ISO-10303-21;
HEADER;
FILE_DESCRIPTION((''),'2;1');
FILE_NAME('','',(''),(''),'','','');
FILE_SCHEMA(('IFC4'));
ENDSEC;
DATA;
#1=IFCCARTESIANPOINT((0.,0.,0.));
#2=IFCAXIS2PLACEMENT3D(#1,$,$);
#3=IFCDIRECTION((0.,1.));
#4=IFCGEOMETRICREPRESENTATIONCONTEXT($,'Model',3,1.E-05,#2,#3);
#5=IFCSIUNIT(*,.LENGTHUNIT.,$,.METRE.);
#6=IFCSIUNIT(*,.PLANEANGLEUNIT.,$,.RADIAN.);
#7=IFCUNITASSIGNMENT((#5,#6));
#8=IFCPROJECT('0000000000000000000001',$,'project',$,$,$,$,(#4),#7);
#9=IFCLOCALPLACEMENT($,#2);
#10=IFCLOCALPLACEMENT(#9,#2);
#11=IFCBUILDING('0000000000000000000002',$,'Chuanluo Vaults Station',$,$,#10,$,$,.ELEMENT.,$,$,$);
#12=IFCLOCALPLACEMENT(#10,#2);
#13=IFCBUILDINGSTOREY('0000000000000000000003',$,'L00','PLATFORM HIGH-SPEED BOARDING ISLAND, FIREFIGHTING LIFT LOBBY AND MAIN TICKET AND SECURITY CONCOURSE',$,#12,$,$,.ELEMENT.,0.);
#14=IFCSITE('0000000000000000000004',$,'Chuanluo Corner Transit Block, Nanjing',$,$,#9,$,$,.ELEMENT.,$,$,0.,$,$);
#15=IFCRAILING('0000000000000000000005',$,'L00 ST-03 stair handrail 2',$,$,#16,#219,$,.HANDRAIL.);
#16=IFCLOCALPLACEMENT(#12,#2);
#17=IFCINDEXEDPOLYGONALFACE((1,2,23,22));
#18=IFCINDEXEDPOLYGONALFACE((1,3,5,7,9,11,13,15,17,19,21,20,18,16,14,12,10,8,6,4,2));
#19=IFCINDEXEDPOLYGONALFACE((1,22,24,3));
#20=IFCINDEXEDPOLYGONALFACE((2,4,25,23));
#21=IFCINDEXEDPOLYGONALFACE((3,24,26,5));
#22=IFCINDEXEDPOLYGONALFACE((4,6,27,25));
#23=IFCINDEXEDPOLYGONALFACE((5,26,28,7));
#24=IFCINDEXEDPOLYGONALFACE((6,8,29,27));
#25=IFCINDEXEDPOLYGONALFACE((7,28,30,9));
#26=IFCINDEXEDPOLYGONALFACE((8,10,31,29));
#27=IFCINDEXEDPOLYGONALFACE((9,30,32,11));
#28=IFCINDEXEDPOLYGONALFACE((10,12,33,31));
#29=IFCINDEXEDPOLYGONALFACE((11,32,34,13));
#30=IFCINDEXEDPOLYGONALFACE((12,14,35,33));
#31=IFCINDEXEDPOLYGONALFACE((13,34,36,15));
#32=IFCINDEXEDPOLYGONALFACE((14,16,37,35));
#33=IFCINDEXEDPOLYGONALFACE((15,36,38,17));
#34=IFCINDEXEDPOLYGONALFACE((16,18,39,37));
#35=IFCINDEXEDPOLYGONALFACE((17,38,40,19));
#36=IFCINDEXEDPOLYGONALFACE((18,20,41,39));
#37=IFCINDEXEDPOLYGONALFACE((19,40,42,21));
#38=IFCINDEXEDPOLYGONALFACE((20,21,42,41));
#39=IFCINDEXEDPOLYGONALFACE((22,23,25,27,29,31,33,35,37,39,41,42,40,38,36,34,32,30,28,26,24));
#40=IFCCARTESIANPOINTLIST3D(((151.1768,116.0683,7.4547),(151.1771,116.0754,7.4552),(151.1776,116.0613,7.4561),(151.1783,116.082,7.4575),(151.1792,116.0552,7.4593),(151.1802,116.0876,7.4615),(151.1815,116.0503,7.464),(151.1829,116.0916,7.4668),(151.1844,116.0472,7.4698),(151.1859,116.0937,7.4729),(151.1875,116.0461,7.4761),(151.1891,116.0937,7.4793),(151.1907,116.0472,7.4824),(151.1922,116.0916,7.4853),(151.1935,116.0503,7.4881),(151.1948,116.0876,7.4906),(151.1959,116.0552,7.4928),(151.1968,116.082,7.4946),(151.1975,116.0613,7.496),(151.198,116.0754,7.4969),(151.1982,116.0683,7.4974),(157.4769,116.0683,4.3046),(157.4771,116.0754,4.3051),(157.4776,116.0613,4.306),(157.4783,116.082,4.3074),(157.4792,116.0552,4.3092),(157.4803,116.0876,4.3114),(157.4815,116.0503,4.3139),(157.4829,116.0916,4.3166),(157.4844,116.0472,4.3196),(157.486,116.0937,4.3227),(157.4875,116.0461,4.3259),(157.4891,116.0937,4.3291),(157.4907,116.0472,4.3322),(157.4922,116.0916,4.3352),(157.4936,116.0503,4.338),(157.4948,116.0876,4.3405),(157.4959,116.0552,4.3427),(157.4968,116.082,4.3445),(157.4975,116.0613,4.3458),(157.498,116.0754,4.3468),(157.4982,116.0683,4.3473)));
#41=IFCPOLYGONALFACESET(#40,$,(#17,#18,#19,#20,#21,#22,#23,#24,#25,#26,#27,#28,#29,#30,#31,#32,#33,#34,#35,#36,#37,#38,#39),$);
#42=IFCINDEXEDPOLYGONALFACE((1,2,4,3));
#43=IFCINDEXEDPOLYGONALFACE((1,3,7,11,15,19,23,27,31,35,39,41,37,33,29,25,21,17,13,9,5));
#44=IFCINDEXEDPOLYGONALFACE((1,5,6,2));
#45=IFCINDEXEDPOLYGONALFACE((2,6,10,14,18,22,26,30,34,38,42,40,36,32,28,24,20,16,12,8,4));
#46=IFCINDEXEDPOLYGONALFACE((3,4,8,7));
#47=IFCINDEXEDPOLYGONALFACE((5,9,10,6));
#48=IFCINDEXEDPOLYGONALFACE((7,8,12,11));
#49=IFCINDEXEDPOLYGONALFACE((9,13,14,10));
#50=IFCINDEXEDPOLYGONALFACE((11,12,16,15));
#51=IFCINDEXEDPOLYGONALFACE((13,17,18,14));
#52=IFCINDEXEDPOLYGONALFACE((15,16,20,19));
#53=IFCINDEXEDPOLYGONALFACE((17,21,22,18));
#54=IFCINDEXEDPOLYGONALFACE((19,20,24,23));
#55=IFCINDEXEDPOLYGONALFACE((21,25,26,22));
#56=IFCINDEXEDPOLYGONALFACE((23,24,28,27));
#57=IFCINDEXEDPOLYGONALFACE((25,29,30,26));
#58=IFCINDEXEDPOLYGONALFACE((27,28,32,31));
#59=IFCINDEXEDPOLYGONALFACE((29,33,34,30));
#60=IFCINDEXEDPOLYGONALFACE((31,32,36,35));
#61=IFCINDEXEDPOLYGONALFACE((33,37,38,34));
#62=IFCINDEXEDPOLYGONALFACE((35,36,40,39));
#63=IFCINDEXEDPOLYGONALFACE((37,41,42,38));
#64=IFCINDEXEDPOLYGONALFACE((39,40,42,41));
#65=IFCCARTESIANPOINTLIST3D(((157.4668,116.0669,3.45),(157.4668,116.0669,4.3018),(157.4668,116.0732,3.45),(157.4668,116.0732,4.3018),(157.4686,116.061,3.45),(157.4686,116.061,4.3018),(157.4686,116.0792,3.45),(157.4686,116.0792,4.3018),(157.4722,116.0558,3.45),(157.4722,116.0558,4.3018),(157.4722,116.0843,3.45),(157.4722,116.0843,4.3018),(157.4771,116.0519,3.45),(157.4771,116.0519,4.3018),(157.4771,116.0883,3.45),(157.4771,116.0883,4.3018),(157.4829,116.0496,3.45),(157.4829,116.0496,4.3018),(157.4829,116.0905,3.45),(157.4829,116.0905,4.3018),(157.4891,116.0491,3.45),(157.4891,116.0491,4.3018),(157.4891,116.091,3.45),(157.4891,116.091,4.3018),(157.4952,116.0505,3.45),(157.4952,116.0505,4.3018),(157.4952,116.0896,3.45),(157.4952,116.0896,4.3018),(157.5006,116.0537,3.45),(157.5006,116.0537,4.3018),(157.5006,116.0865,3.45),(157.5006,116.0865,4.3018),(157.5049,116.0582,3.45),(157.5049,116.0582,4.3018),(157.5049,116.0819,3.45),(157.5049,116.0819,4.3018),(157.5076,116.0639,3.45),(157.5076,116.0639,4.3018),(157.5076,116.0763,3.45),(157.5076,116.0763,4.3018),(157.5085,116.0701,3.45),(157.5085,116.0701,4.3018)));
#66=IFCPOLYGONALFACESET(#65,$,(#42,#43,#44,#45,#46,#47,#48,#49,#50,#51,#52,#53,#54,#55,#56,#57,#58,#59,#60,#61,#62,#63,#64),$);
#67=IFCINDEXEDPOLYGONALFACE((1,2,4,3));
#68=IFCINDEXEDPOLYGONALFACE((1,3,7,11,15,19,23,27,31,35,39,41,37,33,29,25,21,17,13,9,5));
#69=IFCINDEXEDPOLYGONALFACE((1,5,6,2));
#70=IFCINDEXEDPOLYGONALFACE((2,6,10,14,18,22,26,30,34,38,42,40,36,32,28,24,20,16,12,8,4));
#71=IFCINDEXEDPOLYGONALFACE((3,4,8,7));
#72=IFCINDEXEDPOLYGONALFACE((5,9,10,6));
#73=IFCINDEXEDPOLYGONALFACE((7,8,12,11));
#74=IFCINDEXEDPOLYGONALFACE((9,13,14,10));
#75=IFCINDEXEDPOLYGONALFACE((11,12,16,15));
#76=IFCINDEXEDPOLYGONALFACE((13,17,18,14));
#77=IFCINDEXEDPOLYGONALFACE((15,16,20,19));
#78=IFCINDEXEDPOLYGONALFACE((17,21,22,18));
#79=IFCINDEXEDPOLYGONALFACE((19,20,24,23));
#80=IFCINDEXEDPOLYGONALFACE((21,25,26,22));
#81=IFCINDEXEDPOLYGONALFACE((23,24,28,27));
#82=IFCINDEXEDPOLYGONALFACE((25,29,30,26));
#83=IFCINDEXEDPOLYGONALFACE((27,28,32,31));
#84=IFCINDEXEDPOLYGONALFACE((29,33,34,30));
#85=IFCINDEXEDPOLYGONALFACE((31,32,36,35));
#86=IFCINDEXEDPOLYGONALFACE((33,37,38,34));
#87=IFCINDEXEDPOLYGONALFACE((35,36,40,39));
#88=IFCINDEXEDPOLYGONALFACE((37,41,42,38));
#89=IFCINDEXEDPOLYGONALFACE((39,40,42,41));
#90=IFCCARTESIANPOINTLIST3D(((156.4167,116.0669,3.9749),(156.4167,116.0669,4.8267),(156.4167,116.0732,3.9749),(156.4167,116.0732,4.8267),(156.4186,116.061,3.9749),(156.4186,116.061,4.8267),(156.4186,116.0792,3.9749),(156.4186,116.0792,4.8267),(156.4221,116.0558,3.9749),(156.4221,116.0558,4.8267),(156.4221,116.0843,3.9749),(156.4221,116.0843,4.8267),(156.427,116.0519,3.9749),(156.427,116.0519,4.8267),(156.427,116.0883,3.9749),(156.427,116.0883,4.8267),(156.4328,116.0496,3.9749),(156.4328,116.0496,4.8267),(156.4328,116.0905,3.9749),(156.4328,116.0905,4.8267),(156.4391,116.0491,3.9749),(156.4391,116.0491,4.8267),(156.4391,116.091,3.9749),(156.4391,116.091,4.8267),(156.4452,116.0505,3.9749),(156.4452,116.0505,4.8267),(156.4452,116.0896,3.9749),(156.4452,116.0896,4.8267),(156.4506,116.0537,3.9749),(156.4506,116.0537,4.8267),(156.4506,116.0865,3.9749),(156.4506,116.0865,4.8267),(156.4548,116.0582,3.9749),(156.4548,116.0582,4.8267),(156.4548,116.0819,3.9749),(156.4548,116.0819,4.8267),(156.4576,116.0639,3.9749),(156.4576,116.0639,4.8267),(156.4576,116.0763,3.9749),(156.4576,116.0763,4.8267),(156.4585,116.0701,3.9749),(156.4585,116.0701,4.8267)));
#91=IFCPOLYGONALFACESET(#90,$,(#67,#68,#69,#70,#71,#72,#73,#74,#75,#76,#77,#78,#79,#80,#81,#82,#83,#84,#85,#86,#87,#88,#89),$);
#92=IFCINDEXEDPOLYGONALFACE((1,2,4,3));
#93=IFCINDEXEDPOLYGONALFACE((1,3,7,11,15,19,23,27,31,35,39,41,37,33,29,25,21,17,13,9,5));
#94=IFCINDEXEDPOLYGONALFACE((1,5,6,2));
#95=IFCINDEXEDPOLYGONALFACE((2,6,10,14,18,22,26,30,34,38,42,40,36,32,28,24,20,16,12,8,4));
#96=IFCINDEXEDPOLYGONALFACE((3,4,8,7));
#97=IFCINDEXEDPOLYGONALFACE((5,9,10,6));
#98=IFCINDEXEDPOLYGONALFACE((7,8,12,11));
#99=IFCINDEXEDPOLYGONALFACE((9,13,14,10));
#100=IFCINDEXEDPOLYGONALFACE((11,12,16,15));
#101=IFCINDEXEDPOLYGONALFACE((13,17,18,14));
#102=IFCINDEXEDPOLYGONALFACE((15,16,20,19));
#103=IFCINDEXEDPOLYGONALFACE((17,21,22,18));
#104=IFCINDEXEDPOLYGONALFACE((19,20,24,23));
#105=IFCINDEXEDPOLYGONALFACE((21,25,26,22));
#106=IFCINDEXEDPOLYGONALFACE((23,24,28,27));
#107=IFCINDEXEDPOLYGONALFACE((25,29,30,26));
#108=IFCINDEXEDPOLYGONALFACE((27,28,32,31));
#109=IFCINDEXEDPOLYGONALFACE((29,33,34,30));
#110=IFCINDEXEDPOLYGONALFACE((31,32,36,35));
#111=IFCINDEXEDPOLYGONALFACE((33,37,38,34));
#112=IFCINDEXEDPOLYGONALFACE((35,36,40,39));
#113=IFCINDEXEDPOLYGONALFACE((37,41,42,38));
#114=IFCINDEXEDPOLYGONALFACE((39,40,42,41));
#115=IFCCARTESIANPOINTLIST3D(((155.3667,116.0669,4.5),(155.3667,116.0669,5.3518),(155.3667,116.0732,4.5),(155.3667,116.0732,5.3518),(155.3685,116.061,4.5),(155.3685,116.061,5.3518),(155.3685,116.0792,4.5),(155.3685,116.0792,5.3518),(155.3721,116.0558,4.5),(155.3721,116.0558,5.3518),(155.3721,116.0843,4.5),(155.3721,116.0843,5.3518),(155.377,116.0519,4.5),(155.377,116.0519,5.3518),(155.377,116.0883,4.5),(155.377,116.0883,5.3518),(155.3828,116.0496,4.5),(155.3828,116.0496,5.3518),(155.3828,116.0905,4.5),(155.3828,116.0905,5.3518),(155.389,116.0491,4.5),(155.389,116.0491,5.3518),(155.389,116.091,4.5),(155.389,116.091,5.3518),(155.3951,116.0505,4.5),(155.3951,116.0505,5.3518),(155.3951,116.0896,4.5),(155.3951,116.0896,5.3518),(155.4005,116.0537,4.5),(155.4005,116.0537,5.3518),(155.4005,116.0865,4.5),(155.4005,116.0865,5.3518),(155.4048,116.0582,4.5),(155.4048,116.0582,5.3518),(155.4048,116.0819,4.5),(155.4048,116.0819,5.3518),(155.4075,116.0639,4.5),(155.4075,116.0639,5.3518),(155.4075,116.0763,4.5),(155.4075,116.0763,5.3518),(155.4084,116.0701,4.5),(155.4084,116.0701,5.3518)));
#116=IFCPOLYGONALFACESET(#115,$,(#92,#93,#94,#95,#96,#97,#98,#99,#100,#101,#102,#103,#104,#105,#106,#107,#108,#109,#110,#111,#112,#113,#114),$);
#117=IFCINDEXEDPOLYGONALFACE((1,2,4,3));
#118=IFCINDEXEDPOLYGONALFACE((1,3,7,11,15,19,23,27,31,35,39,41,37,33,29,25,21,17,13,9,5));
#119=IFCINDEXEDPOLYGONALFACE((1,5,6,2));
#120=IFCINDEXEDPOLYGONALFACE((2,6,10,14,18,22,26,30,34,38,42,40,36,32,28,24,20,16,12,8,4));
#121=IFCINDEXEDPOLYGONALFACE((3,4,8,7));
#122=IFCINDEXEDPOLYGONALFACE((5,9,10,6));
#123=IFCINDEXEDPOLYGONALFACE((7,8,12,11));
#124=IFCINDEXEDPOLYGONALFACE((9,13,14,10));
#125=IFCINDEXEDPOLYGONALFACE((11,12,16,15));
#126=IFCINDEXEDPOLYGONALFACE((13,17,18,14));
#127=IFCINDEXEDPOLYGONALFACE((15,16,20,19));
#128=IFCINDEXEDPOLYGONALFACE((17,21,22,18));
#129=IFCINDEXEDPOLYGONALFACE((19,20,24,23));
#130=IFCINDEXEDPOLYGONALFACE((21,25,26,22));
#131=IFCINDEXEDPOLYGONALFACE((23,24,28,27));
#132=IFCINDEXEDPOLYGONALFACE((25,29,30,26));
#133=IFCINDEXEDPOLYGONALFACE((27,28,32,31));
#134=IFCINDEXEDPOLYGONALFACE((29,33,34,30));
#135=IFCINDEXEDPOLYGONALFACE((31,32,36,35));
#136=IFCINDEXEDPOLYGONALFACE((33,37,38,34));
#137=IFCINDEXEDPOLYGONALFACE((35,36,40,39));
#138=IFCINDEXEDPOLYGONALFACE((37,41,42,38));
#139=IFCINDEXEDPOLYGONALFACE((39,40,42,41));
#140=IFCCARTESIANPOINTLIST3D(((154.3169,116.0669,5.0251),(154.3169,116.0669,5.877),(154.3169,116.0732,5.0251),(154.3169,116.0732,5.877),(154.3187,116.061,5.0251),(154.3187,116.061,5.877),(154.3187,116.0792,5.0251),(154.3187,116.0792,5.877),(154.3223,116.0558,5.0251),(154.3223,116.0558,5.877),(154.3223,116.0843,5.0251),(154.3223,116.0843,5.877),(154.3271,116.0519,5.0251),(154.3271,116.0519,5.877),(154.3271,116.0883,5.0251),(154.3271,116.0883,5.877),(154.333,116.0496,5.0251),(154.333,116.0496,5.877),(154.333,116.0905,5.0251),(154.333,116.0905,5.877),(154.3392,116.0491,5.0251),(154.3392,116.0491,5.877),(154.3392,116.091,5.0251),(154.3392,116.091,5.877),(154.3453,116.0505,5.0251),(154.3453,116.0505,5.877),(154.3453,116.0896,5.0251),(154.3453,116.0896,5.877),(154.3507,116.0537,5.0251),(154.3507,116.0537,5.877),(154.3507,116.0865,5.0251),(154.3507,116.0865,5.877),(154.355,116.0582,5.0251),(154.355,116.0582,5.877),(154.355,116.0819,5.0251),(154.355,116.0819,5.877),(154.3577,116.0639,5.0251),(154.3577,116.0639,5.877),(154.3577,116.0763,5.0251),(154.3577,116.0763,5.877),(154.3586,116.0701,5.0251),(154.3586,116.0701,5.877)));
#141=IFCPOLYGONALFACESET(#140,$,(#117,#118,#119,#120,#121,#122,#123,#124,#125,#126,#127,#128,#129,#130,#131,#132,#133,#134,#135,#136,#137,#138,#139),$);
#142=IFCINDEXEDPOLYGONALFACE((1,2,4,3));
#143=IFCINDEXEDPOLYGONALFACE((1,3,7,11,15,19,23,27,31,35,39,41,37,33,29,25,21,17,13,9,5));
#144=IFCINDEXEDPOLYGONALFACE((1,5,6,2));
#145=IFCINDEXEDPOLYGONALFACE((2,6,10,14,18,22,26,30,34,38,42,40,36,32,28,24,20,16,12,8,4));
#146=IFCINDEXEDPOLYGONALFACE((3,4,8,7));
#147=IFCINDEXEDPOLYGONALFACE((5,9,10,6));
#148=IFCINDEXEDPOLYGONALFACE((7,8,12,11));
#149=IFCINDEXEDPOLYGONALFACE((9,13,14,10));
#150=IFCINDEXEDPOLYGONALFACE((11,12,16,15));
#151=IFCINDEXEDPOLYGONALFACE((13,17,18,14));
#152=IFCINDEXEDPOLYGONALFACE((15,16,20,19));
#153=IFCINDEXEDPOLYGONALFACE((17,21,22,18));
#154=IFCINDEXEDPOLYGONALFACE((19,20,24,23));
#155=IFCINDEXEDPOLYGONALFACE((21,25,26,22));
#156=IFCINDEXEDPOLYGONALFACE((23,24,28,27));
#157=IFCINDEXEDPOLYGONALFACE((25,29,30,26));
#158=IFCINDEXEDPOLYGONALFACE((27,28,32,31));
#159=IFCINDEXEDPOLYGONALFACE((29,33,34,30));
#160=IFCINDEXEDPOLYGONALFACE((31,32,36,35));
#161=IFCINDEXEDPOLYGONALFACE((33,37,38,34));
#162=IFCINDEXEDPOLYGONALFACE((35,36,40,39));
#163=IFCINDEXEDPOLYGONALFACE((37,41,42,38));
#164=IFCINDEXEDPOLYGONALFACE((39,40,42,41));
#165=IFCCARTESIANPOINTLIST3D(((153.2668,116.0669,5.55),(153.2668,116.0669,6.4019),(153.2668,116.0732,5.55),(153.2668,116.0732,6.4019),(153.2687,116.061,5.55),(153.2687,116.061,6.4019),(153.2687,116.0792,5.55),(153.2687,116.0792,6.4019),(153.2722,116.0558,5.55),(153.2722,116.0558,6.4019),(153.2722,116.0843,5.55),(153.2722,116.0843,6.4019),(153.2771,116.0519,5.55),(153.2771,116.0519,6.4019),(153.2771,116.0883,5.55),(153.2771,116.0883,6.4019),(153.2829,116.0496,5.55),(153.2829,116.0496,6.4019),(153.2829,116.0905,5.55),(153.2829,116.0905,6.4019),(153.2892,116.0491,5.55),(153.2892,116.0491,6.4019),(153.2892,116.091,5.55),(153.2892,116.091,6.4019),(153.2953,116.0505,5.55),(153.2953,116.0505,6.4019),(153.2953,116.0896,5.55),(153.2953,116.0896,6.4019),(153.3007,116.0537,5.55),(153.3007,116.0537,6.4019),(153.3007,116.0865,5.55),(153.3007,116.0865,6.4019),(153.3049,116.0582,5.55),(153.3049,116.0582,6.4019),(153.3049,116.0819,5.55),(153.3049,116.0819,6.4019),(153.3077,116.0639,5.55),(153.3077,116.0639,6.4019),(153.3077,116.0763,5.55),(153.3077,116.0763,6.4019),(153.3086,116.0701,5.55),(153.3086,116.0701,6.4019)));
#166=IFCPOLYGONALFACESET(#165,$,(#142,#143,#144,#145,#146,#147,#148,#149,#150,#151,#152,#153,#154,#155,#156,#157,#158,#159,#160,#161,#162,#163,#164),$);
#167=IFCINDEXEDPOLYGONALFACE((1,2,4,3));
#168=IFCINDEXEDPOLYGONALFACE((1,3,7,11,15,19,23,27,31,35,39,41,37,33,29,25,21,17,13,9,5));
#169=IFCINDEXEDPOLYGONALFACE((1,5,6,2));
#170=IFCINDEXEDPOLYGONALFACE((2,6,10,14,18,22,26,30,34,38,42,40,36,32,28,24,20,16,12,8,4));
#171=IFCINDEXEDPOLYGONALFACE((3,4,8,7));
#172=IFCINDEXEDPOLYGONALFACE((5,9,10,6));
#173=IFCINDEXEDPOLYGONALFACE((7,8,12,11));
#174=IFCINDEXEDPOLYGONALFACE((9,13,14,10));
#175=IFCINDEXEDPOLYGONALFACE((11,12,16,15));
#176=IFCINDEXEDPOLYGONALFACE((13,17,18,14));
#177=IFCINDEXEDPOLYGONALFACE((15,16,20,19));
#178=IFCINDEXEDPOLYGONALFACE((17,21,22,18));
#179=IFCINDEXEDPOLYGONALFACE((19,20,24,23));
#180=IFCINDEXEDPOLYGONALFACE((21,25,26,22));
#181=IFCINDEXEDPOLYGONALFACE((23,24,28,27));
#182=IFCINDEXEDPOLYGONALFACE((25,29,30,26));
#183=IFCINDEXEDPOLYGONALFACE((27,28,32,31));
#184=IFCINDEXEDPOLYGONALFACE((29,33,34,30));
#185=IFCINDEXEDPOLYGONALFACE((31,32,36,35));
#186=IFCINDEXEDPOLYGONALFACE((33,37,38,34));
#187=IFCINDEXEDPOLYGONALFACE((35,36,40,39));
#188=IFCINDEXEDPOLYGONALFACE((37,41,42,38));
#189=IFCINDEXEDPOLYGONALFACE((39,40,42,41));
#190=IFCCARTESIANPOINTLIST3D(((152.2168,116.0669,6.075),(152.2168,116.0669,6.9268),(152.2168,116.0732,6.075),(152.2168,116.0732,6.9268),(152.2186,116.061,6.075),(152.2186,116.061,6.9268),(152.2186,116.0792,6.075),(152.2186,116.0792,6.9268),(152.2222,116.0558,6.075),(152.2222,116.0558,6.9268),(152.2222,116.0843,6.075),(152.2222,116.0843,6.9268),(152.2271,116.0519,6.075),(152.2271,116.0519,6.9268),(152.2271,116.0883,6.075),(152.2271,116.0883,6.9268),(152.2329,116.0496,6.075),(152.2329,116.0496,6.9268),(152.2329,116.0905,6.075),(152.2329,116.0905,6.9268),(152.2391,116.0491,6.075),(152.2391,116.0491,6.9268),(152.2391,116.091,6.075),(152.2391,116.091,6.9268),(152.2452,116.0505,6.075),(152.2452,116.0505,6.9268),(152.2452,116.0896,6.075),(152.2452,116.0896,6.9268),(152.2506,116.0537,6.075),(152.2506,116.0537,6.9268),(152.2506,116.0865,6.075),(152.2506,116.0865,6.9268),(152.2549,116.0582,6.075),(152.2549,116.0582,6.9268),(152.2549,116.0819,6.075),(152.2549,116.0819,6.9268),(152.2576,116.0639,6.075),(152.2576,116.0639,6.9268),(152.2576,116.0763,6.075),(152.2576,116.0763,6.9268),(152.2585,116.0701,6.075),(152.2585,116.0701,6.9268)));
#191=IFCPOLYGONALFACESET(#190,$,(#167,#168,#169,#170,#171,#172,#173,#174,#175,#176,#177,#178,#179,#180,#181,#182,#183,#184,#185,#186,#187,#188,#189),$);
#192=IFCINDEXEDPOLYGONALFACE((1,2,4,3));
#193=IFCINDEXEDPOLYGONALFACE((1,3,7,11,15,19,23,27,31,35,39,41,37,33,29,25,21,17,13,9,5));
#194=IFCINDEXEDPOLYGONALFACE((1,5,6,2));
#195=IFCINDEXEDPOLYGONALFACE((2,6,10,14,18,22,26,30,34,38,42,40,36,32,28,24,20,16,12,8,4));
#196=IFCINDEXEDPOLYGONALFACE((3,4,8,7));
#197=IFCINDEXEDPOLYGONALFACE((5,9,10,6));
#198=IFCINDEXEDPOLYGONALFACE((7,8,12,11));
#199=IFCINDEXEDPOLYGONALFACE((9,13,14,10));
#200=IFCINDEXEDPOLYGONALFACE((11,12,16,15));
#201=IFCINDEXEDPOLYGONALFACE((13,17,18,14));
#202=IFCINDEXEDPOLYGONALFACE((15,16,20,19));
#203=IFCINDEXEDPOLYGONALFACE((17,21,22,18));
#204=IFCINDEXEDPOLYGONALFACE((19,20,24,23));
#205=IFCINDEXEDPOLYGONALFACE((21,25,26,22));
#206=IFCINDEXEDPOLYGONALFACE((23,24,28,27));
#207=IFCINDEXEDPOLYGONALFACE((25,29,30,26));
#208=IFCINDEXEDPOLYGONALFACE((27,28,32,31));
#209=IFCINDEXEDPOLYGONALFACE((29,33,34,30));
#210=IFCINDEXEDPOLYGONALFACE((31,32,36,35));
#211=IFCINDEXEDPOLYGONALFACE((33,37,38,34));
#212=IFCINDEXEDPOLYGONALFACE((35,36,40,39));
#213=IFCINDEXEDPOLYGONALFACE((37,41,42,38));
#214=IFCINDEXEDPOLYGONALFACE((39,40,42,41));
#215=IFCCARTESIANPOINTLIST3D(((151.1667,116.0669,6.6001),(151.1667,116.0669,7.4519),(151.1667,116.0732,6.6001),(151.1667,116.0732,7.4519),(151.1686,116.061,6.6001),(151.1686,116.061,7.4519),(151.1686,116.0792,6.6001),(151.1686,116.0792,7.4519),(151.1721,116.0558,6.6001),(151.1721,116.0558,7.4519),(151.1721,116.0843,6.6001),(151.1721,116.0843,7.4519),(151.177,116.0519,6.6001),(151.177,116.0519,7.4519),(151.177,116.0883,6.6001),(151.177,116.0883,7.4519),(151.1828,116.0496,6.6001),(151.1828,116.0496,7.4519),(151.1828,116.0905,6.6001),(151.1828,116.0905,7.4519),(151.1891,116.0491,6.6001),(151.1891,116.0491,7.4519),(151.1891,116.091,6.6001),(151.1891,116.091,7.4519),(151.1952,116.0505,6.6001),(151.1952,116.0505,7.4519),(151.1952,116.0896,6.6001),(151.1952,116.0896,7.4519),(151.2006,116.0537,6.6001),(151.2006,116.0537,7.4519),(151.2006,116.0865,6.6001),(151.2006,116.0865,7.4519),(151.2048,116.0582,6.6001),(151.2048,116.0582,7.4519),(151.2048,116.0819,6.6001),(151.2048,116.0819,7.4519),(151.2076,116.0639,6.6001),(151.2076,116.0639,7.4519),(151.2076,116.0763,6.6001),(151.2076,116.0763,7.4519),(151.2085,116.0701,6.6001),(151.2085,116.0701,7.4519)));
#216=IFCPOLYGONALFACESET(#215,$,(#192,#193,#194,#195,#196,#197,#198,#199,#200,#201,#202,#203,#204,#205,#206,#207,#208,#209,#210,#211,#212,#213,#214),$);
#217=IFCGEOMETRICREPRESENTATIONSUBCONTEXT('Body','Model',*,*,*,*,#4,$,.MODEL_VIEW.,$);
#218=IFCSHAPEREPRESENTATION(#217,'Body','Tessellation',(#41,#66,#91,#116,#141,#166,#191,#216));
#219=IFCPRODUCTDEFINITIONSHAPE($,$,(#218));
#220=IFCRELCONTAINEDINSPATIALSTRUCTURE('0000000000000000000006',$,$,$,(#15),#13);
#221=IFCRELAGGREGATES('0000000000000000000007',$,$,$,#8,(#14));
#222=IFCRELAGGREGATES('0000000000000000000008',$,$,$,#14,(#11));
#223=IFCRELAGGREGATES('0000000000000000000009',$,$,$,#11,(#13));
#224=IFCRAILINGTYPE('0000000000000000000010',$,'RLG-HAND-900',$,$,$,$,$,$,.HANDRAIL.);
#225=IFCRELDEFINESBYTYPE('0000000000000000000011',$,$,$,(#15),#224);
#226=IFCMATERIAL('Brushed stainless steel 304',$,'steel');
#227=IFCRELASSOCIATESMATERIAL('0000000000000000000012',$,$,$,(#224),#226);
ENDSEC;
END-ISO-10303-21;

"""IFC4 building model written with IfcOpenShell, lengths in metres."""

from ifc_helpers import new_model, si_unit, direction, frame, origin, origin_2d, place, context, subcontext, project, spatial, circle, extrude, material, type_object, element, save


model = new_model("IFC4")

# Units and contexts
model_context = context("Model", 3, precision=1e-05, world=origin(), true_north=direction((0.0, 1.0)))
body_context = subcontext(model_context, "Body", "Model", "MODEL_VIEW")
ifc_project = project(units=[si_unit("LENGTHUNIT", "METRE"), si_unit("PLANEANGLEUNIT", "RADIAN")], contexts=[model_context])

# Site, building, storey
site_placement = place(None, origin())
site = spatial("IfcSite", under=ifc_project, at=site_placement, Name="Chuanluo Corner Transit Block, Nanjing", CompositionType="ELEMENT", RefElevation=0.0)
building_placement = place(site_placement, origin())
building = spatial("IfcBuilding", under=site, at=building_placement, Name="Chuanluo Vaults Station", CompositionType="ELEMENT")
storey_placement = place(building_placement, origin())
storey = spatial("IfcBuildingStorey", under=building, at=storey_placement, Name="L00", Description="PLATFORM HIGH-SPEED BOARDING ISLAND, FIREFIGHTING LIFT LOBBY AND MAIN TICKET AND SECURITY CONCOURSE", CompositionType="ELEMENT", Elevation=0.0)

# Railing
ifc_material_1 = material(Name="Brushed stainless steel 304", Category="steel")
railing_type_1 = type_object("IfcRailingType", Name="RLG-HAND-900", PredefinedType="HANDRAIL", material=ifc_material_1)
railing_1_placement = place(storey_placement, frame((157.4875, 116.0701, 3.45)))
element("IfcRailing", 1, at=railing_1_placement, inside=storey, type_object=railing_type_1, Name="L00 ST-03 stair handrail 2", PredefinedType="HANDRAIL", context=body_context, shape_type="SweptSolid", body=[
    extrude(circle(Radius=0.0239, at=origin_2d()), frame((0.0, 0.0, 0.876), z_axis=(-0.89442, 0.0, 0.447227), x_axis=(0.0, -1.0, 0.0)), (0.0, 0.0, 1.0), 7.0437),
    extrude(circle(Radius=0.021, at=origin_2d()), origin(), (0.0, 0.0, 1.0), 0.8518),
    extrude(circle(Radius=0.021, at=origin_2d()), frame((-1.05, 0.0, 0.5249)), (0.0, 0.0, 1.0), 0.8518),
    extrude(circle(Radius=0.021, at=origin_2d()), frame((-2.1001, 0.0, 1.05)), (0.0, 0.0, 1.0), 0.8518),
    extrude(circle(Radius=0.021, at=origin_2d()), frame((-3.1499, 0.0, 1.5752)), (0.0, 0.0, 1.0), 0.8518),
    extrude(circle(Radius=0.021, at=origin_2d()), frame((-4.2, 0.0, 2.1001)), (0.0, 0.0, 1.0), 0.8518),
    extrude(circle(Radius=0.021, at=origin_2d()), frame((-5.25, 0.0, 2.625)), (0.0, 0.0, 1.0), 0.8518),
    extrude(circle(Radius=0.021, at=origin_2d()), frame((-6.3, 0.0, 3.1501)), (0.0, 0.0, 1.0), 0.8518),
])

save(model, "model.ifc")
